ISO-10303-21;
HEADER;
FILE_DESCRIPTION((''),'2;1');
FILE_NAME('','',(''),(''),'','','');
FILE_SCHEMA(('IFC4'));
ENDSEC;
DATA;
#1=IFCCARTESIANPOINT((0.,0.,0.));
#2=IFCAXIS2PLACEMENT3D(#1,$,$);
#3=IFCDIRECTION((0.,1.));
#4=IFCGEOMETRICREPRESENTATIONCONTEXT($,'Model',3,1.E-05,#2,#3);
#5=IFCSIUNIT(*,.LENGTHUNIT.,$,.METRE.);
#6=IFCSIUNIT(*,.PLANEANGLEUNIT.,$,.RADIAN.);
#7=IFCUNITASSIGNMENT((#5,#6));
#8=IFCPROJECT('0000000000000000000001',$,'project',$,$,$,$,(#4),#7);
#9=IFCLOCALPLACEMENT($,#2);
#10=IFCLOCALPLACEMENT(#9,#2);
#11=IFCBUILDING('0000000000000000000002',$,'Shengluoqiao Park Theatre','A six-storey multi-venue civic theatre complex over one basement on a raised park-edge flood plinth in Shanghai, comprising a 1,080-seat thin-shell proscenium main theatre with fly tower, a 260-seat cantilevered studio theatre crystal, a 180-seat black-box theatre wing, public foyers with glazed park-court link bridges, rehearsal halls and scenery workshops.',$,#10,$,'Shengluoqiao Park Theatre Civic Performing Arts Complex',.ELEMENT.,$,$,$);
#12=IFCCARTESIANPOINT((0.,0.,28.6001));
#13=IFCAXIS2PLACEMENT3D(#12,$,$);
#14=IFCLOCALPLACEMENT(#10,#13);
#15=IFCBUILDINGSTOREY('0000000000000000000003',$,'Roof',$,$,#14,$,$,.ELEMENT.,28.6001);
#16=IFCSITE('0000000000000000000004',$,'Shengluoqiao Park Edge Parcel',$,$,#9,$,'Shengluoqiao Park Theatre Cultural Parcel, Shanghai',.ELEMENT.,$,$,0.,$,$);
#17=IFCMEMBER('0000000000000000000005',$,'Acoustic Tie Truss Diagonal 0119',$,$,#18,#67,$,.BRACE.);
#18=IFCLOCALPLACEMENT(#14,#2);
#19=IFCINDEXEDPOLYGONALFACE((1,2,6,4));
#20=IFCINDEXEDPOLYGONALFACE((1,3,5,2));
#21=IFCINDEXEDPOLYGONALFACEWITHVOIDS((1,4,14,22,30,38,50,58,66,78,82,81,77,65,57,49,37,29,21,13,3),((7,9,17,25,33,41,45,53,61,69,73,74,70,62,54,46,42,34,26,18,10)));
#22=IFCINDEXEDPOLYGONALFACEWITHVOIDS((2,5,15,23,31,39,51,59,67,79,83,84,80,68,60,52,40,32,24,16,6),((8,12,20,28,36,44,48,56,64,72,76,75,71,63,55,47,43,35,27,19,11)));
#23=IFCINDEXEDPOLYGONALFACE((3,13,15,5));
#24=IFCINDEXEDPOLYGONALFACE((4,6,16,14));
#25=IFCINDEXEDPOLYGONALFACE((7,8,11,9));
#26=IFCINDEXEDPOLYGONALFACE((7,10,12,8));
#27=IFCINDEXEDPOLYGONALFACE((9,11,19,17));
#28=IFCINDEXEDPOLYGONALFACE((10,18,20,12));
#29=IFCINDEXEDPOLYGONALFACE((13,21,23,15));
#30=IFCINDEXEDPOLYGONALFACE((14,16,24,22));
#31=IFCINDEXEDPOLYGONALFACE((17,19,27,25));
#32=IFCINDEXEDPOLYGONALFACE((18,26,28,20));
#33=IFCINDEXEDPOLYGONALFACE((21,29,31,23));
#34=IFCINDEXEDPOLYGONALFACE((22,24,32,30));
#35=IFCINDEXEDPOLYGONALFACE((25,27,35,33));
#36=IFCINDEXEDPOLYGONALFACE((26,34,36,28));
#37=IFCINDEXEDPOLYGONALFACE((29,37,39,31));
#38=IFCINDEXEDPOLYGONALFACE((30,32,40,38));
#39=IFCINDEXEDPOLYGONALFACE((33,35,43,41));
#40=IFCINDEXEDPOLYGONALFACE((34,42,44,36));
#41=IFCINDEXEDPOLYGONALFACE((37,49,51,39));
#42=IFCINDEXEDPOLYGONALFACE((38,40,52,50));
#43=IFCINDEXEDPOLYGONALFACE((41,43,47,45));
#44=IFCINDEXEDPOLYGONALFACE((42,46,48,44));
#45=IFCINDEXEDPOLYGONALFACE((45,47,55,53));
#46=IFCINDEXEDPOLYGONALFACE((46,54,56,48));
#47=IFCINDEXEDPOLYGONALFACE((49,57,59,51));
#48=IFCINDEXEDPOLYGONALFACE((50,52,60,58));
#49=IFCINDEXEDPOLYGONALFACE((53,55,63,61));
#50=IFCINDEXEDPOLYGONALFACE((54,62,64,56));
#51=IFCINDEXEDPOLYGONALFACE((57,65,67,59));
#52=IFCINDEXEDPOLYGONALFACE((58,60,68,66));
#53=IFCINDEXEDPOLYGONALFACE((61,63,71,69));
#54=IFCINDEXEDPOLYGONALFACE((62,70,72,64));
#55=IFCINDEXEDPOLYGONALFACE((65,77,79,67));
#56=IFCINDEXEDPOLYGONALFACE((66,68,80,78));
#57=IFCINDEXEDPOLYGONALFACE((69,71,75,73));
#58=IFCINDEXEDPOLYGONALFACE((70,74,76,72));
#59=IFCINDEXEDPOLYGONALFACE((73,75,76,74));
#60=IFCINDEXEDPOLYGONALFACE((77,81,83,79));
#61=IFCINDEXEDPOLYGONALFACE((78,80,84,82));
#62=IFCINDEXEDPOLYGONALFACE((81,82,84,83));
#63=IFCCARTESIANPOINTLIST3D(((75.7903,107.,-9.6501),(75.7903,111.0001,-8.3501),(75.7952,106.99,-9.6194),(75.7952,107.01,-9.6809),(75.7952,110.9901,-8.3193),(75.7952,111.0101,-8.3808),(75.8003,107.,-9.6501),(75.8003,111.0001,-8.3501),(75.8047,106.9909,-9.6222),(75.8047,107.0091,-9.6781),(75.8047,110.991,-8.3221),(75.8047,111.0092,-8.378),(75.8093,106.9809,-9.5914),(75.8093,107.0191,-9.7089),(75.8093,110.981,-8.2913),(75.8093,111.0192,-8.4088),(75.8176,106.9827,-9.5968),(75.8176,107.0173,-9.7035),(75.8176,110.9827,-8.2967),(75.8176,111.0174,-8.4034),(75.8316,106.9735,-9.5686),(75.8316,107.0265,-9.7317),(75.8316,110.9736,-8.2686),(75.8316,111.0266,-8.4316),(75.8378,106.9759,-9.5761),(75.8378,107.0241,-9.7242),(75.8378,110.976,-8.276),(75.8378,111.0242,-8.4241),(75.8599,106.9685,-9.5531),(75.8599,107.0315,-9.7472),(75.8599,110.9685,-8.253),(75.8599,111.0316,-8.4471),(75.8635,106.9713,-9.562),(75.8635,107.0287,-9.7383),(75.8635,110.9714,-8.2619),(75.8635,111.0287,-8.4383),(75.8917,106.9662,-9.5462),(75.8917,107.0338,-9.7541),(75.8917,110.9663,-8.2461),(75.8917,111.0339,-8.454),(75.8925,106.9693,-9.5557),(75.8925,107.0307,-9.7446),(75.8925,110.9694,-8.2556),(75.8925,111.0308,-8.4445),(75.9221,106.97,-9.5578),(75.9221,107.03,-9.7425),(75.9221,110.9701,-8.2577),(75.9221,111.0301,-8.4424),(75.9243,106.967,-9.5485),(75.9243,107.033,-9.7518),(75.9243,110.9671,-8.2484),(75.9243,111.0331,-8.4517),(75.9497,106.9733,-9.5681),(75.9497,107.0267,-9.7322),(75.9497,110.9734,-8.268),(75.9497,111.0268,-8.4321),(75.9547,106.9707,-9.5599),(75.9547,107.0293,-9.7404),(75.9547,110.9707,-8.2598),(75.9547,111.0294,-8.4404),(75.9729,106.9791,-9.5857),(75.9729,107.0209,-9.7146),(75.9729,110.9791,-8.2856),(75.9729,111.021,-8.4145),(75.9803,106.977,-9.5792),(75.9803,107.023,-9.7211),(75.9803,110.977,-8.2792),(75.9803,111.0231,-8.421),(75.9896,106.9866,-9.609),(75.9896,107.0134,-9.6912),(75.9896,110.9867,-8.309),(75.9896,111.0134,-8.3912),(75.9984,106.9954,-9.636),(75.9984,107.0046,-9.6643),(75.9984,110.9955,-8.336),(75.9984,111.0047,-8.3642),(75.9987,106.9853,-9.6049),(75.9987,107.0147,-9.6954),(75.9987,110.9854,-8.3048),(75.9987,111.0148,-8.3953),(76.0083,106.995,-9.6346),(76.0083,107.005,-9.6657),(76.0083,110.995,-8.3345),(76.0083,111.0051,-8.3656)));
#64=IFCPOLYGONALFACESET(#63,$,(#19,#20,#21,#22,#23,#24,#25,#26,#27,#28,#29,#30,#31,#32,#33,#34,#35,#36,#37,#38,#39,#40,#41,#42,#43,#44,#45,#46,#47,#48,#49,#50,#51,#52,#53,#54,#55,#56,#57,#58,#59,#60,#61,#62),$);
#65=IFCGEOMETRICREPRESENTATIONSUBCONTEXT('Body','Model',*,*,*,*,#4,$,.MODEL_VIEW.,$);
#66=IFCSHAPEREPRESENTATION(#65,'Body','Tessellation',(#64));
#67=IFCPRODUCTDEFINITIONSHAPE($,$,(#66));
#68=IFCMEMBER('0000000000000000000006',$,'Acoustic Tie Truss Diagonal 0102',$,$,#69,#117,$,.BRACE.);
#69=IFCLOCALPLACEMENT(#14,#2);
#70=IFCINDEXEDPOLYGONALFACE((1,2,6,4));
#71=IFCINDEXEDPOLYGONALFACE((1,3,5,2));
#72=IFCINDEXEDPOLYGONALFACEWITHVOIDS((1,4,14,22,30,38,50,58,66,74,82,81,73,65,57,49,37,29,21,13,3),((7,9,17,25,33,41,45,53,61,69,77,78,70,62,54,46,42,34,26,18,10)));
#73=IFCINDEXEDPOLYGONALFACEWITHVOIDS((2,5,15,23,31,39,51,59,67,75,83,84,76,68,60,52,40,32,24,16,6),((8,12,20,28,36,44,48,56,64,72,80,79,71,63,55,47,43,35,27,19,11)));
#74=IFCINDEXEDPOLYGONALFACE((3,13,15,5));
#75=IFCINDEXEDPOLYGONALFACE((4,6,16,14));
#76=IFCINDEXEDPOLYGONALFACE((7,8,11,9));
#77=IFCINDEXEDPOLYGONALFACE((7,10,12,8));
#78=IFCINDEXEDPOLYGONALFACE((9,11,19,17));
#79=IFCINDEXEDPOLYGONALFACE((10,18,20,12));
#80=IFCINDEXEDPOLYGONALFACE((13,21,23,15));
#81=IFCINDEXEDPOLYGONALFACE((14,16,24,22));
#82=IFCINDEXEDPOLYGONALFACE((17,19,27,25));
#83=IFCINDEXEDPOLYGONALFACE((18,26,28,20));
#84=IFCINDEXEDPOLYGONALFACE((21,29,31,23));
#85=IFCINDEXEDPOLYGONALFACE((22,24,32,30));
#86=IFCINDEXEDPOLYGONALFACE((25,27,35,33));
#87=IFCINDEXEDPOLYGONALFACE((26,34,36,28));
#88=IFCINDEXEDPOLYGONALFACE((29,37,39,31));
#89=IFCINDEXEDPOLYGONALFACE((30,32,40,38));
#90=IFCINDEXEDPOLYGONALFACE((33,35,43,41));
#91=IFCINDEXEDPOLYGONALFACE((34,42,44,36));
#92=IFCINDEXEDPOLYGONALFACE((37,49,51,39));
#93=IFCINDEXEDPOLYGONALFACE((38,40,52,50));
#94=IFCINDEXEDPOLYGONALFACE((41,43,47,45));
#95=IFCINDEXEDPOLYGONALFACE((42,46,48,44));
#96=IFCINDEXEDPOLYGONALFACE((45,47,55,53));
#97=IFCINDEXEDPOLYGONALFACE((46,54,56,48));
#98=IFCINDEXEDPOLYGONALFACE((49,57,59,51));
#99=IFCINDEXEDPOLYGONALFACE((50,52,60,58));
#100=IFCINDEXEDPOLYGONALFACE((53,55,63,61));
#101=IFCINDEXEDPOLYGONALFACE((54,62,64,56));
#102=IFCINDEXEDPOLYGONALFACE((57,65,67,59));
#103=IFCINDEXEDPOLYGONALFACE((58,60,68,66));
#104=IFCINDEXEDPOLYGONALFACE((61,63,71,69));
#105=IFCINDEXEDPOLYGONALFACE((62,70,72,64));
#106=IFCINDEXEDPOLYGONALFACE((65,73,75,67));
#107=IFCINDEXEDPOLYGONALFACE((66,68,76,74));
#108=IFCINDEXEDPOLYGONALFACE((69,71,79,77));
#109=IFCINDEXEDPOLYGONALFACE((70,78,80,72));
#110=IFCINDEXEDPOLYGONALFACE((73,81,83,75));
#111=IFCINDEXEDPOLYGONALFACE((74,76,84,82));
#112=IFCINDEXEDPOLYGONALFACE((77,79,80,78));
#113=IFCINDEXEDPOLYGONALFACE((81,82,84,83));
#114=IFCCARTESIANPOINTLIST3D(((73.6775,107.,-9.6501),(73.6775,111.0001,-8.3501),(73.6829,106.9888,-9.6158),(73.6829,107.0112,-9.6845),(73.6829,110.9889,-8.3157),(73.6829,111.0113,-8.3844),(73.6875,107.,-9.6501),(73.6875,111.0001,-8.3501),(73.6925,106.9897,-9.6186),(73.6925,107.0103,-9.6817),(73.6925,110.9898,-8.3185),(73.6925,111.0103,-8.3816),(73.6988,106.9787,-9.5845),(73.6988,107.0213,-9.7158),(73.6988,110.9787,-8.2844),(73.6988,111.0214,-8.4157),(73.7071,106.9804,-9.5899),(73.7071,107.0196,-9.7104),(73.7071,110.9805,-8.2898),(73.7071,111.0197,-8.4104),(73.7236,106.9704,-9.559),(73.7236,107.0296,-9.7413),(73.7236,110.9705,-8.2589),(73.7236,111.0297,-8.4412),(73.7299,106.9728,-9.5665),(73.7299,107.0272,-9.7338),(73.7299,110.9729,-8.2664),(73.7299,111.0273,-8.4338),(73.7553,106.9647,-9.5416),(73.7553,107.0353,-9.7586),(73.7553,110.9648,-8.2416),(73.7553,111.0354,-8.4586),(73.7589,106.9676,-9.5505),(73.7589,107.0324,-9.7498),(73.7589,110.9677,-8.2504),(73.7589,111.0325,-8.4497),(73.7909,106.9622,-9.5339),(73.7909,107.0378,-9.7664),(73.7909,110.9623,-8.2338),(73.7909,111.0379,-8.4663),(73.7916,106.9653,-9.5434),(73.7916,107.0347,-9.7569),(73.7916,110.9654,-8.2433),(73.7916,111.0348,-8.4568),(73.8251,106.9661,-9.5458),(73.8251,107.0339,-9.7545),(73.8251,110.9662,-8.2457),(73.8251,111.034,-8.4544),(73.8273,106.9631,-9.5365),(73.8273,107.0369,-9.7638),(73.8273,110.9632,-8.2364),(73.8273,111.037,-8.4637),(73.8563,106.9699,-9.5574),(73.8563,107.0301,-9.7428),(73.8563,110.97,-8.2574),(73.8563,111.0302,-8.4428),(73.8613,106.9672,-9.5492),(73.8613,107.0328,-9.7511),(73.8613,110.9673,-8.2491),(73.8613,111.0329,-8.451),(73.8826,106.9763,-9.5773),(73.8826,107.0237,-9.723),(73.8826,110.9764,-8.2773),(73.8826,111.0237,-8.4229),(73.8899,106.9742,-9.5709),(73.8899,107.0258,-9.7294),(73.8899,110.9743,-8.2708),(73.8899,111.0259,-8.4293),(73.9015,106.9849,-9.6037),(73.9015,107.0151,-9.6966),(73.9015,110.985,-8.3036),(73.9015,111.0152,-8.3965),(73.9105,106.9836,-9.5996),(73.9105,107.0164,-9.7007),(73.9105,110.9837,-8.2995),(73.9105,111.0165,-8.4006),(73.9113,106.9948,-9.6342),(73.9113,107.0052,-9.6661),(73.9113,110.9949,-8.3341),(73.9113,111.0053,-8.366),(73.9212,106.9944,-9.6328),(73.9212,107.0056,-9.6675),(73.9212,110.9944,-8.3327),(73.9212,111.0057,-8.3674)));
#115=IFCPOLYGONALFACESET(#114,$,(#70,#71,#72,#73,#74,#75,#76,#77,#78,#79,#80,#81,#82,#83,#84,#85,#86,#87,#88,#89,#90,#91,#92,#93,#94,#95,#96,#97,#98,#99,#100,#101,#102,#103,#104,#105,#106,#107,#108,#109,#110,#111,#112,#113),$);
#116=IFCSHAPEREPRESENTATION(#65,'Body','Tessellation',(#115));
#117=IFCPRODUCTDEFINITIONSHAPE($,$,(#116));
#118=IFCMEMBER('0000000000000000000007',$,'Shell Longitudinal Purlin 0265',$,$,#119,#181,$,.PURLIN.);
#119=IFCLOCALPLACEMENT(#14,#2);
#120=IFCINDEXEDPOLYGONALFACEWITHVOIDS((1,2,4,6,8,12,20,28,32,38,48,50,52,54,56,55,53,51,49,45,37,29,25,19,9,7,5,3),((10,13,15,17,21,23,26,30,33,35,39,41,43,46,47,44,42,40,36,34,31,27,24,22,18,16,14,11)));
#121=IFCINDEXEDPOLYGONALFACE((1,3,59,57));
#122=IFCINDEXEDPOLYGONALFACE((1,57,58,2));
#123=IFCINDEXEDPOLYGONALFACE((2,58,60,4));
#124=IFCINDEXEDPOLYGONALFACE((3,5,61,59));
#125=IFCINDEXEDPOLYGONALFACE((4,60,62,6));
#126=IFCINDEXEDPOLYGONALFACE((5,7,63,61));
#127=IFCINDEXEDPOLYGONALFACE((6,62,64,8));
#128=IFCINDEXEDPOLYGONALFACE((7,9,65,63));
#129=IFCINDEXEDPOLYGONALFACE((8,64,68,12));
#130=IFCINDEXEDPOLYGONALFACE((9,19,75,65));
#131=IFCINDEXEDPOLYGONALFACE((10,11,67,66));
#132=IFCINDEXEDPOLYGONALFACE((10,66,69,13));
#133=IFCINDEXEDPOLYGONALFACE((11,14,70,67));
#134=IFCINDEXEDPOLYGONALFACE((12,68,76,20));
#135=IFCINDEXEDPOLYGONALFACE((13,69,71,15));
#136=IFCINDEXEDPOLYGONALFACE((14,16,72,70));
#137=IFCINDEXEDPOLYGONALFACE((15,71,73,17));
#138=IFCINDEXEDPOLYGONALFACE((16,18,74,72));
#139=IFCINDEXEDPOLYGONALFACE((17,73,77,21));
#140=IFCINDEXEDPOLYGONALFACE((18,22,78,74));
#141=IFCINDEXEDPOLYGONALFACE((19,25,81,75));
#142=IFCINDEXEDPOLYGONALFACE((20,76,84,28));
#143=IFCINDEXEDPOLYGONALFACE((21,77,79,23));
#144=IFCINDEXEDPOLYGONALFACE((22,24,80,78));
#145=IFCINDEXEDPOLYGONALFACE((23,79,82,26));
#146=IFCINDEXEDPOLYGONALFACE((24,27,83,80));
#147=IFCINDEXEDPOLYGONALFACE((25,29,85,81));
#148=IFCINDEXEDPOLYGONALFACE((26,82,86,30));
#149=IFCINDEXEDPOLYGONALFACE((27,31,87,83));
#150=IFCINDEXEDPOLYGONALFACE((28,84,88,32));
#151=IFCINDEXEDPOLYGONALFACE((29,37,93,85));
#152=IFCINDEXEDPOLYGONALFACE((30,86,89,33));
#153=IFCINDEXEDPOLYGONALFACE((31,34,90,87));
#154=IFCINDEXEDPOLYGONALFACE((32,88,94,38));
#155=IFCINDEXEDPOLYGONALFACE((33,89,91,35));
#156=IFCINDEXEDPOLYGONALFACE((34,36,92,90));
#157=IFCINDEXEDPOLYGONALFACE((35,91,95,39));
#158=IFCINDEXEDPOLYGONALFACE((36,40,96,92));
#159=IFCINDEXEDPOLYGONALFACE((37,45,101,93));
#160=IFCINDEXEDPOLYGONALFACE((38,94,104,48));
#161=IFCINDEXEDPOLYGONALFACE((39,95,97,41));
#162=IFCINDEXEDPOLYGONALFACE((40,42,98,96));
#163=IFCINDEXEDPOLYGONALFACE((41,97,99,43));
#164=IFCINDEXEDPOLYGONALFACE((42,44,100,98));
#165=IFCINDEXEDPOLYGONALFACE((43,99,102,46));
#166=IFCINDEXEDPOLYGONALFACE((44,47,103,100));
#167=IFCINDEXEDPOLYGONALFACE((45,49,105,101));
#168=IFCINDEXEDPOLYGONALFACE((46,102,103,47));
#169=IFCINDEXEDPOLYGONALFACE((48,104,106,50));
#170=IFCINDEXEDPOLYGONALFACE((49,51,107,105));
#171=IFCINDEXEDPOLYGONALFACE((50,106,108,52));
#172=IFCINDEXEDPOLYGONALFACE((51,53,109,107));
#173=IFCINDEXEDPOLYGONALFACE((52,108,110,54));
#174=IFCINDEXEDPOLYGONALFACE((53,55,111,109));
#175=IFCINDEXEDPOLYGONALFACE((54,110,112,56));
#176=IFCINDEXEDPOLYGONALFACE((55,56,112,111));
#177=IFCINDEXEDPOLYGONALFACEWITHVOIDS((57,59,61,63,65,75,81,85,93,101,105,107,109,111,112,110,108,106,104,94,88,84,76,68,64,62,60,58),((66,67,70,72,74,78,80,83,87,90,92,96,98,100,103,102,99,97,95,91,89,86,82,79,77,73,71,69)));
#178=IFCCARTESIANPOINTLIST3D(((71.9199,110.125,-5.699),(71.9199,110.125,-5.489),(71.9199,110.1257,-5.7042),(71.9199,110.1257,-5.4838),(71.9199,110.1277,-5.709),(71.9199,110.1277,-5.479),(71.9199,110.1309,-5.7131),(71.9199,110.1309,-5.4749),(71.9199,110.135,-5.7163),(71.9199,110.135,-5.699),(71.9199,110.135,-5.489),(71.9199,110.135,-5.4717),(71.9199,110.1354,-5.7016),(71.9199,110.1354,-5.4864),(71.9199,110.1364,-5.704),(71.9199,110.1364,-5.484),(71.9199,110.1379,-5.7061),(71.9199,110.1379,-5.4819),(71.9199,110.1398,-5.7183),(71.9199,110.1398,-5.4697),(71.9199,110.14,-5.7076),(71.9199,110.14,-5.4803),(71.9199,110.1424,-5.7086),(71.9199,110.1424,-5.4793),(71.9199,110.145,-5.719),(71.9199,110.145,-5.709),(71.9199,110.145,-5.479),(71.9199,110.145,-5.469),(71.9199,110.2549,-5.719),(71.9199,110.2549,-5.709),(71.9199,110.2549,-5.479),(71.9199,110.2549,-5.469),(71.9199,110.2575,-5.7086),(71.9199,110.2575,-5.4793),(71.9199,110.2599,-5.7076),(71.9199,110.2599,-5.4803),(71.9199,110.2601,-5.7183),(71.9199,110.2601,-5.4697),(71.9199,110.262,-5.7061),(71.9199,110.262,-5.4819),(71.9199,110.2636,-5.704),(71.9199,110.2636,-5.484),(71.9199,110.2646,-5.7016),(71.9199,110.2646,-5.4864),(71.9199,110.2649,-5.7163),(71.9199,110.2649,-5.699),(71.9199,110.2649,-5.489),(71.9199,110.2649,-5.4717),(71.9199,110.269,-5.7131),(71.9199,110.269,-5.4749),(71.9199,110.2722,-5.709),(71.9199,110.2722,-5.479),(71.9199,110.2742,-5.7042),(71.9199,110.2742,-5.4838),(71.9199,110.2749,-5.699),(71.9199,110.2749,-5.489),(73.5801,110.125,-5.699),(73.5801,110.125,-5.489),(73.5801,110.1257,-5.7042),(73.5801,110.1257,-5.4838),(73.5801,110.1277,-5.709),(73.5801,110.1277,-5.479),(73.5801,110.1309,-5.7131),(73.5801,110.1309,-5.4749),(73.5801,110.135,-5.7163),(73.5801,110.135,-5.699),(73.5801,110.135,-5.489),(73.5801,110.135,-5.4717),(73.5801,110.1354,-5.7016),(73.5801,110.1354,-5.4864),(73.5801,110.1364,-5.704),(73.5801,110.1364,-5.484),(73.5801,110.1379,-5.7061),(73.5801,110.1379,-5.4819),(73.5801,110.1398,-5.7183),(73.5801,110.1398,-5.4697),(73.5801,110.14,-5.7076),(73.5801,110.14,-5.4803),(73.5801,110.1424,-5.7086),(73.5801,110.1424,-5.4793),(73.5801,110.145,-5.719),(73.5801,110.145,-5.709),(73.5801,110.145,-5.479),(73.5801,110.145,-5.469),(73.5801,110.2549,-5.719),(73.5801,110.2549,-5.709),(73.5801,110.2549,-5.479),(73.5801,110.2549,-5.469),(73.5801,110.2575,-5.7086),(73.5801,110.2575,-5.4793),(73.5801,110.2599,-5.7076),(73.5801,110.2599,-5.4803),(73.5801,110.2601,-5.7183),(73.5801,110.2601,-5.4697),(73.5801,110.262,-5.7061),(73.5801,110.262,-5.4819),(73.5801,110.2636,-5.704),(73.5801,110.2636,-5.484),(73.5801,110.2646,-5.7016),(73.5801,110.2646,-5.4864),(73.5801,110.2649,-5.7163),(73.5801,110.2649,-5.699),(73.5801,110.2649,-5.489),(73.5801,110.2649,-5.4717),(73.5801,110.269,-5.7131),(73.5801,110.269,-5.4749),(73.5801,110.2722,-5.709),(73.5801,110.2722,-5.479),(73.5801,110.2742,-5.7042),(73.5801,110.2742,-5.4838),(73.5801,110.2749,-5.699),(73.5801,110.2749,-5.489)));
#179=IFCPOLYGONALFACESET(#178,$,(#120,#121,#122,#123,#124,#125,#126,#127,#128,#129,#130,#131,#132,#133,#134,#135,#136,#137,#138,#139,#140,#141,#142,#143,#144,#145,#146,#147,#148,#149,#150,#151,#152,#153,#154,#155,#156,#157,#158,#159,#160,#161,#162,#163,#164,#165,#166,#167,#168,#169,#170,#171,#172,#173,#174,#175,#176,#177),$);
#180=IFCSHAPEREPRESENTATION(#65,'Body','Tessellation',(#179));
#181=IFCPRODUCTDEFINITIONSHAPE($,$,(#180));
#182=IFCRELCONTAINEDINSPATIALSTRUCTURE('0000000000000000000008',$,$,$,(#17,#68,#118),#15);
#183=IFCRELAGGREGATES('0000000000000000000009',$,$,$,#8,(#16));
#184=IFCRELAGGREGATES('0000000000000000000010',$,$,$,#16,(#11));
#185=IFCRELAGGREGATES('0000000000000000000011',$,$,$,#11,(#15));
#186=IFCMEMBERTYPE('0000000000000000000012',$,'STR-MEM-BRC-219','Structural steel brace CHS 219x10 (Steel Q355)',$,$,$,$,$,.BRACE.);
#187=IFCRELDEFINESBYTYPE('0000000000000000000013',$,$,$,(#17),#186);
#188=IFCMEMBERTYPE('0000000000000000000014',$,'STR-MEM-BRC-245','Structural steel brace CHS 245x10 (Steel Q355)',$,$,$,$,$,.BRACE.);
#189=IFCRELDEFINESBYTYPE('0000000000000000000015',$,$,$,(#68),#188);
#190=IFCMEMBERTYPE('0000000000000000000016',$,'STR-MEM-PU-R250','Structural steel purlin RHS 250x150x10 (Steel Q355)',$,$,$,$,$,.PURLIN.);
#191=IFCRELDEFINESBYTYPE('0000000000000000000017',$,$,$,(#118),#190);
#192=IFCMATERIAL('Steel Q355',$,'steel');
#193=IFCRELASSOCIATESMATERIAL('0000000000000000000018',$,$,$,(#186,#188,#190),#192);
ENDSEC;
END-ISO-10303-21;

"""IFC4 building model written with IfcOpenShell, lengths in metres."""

from ifc_helpers import new_model, si_unit, direction, frame, origin, origin_2d, place, context, subcontext, project, spatial, hollow_rectangle, hollow_circle, extrude, material, material_profile, profile_set, type_object, element, save


model = new_model("IFC4")

# Units and contexts
model_context = context("Model", 3, precision=1e-05, world=origin(), true_north=direction((0.0, 1.0)))
body_context = subcontext(model_context, "Body", "Model", "MODEL_VIEW")
ifc_project = project(units=[si_unit("LENGTHUNIT", "METRE"), si_unit("PLANEANGLEUNIT", "RADIAN")], contexts=[model_context])

# Site, building, storey
site_placement = place(None, origin())
site = spatial("IfcSite", under=ifc_project, at=site_placement, Name="Shengluoqiao Park Edge Parcel", LongName="Shengluoqiao Park Theatre Cultural Parcel, Shanghai", CompositionType="ELEMENT", RefElevation=0.0)
building_placement = place(site_placement, origin())
building = spatial("IfcBuilding", under=site, at=building_placement, Name="Shengluoqiao Park Theatre", Description="A six-storey multi-venue civic theatre complex over one basement on a raised park-edge flood plinth in Shanghai, comprising a 1,080-seat thin-shell proscenium main theatre with fly tower, a 260-seat cantilevered studio theatre crystal, a 180-seat black-box theatre wing, public foyers with glazed park-court link bridges, rehearsal halls and scenery workshops.", LongName="Shengluoqiao Park Theatre Civic Performing Arts Complex", CompositionType="ELEMENT")
storey_placement = place(building_placement, frame((0.0, 0.0, 28.6001)))
storey = spatial("IfcBuildingStorey", under=building, at=storey_placement, Name="Roof", CompositionType="ELEMENT", Elevation=28.6001)

# Shared definitions
ifc_material_1 = material(Name="Steel Q355", Category="steel")

# Members
ifc_material_profile_1 = material_profile(ifc_material_1, hollow_circle(Radius=0.1096, WallThickness=0.01, at=origin_2d()), Name="CHS 219x10")
ifc_profile_set_1 = profile_set([ifc_material_profile_1], Name="Steel Q355")
member_type_1 = type_object("IfcMemberType", Name="STR-MEM-BRC-219", Description="Structural steel brace CHS 219x10 (Steel Q355)", PredefinedType="BRACE", material=ifc_profile_set_1)
for number, where, z_axis, x_axis, name in (
    (1, (75.8999, 107.0, -9.6501), (0.0, 0.951031, 0.309097), (-1.0, 0.0, 0.0), "Acoustic Tie Truss Diagonal 0119"),
):
    element("IfcMember", number, at=place(storey_placement, frame(where, z_axis=z_axis, x_axis=x_axis)), inside=storey, type_object=member_type_1, Name=name, PredefinedType="BRACE", context=body_context, shape_type="SweptSolid", body=[
        extrude(hollow_circle(Radius=0.1096, WallThickness=0.01, at=origin_2d()), origin(), (0.0, 0.0, 1.0), 4.2061),
    ])
ifc_material_profile_2 = material_profile(ifc_material_1, hollow_circle(Radius=0.1226, WallThickness=0.01, at=origin_2d()), Name="CHS 245x10")
ifc_profile_set_2 = profile_set([ifc_material_profile_2], Name="Steel Q355")
member_type_2 = type_object("IfcMemberType", Name="STR-MEM-BRC-245", Description="Structural steel brace CHS 245x10 (Steel Q355)", PredefinedType="BRACE", material=ifc_profile_set_2)
member_1_placement = place(storey_placement, frame((73.8, 107.0, -9.6501), z_axis=(0.0, 0.951031, 0.309097), x_axis=(-1.0, 0.0, 0.0)))
element("IfcMember", 2, at=member_1_placement, inside=storey, type_object=member_type_2, Name="Acoustic Tie Truss Diagonal 0102", PredefinedType="BRACE", context=body_context, shape_type="SweptSolid", body=[
    extrude(hollow_circle(Radius=0.1226, WallThickness=0.01, at=origin_2d()), origin(), (0.0, 0.0, 1.0), 4.2061),
])
ifc_material_profile_3 = material_profile(ifc_material_1, hollow_rectangle(XDim=0.1499, YDim=0.25, WallThickness=0.01, InnerFilletRadius=0.01, OuterFilletRadius=0.02, at=origin_2d()), Name="RHS 250x150x10")
ifc_profile_set_3 = profile_set([ifc_material_profile_3], Name="Steel Q355")
member_type_3 = type_object("IfcMemberType", Name="STR-MEM-PU-R250", Description="Structural steel purlin RHS 250x150x10 (Steel Q355)", PredefinedType="PURLIN", material=ifc_profile_set_3)
member_2_placement = place(storey_placement, frame((71.9199, 110.2, -5.594), z_axis=(1.0, 0.0, 0.0), x_axis=(0.0, 1.0, 0.0)))
element("IfcMember", 3, at=member_2_placement, inside=storey, type_object=member_type_3, Name="Shell Longitudinal Purlin 0265", PredefinedType="PURLIN", context=body_context, shape_type="SweptSolid", body=[
    extrude(hollow_rectangle(XDim=0.1499, YDim=0.25, WallThickness=0.01, InnerFilletRadius=0.01, OuterFilletRadius=0.02, at=origin_2d()), origin(), (0.0, 0.0, 1.0), 1.6602),
])

save(model, "model.ifc")
